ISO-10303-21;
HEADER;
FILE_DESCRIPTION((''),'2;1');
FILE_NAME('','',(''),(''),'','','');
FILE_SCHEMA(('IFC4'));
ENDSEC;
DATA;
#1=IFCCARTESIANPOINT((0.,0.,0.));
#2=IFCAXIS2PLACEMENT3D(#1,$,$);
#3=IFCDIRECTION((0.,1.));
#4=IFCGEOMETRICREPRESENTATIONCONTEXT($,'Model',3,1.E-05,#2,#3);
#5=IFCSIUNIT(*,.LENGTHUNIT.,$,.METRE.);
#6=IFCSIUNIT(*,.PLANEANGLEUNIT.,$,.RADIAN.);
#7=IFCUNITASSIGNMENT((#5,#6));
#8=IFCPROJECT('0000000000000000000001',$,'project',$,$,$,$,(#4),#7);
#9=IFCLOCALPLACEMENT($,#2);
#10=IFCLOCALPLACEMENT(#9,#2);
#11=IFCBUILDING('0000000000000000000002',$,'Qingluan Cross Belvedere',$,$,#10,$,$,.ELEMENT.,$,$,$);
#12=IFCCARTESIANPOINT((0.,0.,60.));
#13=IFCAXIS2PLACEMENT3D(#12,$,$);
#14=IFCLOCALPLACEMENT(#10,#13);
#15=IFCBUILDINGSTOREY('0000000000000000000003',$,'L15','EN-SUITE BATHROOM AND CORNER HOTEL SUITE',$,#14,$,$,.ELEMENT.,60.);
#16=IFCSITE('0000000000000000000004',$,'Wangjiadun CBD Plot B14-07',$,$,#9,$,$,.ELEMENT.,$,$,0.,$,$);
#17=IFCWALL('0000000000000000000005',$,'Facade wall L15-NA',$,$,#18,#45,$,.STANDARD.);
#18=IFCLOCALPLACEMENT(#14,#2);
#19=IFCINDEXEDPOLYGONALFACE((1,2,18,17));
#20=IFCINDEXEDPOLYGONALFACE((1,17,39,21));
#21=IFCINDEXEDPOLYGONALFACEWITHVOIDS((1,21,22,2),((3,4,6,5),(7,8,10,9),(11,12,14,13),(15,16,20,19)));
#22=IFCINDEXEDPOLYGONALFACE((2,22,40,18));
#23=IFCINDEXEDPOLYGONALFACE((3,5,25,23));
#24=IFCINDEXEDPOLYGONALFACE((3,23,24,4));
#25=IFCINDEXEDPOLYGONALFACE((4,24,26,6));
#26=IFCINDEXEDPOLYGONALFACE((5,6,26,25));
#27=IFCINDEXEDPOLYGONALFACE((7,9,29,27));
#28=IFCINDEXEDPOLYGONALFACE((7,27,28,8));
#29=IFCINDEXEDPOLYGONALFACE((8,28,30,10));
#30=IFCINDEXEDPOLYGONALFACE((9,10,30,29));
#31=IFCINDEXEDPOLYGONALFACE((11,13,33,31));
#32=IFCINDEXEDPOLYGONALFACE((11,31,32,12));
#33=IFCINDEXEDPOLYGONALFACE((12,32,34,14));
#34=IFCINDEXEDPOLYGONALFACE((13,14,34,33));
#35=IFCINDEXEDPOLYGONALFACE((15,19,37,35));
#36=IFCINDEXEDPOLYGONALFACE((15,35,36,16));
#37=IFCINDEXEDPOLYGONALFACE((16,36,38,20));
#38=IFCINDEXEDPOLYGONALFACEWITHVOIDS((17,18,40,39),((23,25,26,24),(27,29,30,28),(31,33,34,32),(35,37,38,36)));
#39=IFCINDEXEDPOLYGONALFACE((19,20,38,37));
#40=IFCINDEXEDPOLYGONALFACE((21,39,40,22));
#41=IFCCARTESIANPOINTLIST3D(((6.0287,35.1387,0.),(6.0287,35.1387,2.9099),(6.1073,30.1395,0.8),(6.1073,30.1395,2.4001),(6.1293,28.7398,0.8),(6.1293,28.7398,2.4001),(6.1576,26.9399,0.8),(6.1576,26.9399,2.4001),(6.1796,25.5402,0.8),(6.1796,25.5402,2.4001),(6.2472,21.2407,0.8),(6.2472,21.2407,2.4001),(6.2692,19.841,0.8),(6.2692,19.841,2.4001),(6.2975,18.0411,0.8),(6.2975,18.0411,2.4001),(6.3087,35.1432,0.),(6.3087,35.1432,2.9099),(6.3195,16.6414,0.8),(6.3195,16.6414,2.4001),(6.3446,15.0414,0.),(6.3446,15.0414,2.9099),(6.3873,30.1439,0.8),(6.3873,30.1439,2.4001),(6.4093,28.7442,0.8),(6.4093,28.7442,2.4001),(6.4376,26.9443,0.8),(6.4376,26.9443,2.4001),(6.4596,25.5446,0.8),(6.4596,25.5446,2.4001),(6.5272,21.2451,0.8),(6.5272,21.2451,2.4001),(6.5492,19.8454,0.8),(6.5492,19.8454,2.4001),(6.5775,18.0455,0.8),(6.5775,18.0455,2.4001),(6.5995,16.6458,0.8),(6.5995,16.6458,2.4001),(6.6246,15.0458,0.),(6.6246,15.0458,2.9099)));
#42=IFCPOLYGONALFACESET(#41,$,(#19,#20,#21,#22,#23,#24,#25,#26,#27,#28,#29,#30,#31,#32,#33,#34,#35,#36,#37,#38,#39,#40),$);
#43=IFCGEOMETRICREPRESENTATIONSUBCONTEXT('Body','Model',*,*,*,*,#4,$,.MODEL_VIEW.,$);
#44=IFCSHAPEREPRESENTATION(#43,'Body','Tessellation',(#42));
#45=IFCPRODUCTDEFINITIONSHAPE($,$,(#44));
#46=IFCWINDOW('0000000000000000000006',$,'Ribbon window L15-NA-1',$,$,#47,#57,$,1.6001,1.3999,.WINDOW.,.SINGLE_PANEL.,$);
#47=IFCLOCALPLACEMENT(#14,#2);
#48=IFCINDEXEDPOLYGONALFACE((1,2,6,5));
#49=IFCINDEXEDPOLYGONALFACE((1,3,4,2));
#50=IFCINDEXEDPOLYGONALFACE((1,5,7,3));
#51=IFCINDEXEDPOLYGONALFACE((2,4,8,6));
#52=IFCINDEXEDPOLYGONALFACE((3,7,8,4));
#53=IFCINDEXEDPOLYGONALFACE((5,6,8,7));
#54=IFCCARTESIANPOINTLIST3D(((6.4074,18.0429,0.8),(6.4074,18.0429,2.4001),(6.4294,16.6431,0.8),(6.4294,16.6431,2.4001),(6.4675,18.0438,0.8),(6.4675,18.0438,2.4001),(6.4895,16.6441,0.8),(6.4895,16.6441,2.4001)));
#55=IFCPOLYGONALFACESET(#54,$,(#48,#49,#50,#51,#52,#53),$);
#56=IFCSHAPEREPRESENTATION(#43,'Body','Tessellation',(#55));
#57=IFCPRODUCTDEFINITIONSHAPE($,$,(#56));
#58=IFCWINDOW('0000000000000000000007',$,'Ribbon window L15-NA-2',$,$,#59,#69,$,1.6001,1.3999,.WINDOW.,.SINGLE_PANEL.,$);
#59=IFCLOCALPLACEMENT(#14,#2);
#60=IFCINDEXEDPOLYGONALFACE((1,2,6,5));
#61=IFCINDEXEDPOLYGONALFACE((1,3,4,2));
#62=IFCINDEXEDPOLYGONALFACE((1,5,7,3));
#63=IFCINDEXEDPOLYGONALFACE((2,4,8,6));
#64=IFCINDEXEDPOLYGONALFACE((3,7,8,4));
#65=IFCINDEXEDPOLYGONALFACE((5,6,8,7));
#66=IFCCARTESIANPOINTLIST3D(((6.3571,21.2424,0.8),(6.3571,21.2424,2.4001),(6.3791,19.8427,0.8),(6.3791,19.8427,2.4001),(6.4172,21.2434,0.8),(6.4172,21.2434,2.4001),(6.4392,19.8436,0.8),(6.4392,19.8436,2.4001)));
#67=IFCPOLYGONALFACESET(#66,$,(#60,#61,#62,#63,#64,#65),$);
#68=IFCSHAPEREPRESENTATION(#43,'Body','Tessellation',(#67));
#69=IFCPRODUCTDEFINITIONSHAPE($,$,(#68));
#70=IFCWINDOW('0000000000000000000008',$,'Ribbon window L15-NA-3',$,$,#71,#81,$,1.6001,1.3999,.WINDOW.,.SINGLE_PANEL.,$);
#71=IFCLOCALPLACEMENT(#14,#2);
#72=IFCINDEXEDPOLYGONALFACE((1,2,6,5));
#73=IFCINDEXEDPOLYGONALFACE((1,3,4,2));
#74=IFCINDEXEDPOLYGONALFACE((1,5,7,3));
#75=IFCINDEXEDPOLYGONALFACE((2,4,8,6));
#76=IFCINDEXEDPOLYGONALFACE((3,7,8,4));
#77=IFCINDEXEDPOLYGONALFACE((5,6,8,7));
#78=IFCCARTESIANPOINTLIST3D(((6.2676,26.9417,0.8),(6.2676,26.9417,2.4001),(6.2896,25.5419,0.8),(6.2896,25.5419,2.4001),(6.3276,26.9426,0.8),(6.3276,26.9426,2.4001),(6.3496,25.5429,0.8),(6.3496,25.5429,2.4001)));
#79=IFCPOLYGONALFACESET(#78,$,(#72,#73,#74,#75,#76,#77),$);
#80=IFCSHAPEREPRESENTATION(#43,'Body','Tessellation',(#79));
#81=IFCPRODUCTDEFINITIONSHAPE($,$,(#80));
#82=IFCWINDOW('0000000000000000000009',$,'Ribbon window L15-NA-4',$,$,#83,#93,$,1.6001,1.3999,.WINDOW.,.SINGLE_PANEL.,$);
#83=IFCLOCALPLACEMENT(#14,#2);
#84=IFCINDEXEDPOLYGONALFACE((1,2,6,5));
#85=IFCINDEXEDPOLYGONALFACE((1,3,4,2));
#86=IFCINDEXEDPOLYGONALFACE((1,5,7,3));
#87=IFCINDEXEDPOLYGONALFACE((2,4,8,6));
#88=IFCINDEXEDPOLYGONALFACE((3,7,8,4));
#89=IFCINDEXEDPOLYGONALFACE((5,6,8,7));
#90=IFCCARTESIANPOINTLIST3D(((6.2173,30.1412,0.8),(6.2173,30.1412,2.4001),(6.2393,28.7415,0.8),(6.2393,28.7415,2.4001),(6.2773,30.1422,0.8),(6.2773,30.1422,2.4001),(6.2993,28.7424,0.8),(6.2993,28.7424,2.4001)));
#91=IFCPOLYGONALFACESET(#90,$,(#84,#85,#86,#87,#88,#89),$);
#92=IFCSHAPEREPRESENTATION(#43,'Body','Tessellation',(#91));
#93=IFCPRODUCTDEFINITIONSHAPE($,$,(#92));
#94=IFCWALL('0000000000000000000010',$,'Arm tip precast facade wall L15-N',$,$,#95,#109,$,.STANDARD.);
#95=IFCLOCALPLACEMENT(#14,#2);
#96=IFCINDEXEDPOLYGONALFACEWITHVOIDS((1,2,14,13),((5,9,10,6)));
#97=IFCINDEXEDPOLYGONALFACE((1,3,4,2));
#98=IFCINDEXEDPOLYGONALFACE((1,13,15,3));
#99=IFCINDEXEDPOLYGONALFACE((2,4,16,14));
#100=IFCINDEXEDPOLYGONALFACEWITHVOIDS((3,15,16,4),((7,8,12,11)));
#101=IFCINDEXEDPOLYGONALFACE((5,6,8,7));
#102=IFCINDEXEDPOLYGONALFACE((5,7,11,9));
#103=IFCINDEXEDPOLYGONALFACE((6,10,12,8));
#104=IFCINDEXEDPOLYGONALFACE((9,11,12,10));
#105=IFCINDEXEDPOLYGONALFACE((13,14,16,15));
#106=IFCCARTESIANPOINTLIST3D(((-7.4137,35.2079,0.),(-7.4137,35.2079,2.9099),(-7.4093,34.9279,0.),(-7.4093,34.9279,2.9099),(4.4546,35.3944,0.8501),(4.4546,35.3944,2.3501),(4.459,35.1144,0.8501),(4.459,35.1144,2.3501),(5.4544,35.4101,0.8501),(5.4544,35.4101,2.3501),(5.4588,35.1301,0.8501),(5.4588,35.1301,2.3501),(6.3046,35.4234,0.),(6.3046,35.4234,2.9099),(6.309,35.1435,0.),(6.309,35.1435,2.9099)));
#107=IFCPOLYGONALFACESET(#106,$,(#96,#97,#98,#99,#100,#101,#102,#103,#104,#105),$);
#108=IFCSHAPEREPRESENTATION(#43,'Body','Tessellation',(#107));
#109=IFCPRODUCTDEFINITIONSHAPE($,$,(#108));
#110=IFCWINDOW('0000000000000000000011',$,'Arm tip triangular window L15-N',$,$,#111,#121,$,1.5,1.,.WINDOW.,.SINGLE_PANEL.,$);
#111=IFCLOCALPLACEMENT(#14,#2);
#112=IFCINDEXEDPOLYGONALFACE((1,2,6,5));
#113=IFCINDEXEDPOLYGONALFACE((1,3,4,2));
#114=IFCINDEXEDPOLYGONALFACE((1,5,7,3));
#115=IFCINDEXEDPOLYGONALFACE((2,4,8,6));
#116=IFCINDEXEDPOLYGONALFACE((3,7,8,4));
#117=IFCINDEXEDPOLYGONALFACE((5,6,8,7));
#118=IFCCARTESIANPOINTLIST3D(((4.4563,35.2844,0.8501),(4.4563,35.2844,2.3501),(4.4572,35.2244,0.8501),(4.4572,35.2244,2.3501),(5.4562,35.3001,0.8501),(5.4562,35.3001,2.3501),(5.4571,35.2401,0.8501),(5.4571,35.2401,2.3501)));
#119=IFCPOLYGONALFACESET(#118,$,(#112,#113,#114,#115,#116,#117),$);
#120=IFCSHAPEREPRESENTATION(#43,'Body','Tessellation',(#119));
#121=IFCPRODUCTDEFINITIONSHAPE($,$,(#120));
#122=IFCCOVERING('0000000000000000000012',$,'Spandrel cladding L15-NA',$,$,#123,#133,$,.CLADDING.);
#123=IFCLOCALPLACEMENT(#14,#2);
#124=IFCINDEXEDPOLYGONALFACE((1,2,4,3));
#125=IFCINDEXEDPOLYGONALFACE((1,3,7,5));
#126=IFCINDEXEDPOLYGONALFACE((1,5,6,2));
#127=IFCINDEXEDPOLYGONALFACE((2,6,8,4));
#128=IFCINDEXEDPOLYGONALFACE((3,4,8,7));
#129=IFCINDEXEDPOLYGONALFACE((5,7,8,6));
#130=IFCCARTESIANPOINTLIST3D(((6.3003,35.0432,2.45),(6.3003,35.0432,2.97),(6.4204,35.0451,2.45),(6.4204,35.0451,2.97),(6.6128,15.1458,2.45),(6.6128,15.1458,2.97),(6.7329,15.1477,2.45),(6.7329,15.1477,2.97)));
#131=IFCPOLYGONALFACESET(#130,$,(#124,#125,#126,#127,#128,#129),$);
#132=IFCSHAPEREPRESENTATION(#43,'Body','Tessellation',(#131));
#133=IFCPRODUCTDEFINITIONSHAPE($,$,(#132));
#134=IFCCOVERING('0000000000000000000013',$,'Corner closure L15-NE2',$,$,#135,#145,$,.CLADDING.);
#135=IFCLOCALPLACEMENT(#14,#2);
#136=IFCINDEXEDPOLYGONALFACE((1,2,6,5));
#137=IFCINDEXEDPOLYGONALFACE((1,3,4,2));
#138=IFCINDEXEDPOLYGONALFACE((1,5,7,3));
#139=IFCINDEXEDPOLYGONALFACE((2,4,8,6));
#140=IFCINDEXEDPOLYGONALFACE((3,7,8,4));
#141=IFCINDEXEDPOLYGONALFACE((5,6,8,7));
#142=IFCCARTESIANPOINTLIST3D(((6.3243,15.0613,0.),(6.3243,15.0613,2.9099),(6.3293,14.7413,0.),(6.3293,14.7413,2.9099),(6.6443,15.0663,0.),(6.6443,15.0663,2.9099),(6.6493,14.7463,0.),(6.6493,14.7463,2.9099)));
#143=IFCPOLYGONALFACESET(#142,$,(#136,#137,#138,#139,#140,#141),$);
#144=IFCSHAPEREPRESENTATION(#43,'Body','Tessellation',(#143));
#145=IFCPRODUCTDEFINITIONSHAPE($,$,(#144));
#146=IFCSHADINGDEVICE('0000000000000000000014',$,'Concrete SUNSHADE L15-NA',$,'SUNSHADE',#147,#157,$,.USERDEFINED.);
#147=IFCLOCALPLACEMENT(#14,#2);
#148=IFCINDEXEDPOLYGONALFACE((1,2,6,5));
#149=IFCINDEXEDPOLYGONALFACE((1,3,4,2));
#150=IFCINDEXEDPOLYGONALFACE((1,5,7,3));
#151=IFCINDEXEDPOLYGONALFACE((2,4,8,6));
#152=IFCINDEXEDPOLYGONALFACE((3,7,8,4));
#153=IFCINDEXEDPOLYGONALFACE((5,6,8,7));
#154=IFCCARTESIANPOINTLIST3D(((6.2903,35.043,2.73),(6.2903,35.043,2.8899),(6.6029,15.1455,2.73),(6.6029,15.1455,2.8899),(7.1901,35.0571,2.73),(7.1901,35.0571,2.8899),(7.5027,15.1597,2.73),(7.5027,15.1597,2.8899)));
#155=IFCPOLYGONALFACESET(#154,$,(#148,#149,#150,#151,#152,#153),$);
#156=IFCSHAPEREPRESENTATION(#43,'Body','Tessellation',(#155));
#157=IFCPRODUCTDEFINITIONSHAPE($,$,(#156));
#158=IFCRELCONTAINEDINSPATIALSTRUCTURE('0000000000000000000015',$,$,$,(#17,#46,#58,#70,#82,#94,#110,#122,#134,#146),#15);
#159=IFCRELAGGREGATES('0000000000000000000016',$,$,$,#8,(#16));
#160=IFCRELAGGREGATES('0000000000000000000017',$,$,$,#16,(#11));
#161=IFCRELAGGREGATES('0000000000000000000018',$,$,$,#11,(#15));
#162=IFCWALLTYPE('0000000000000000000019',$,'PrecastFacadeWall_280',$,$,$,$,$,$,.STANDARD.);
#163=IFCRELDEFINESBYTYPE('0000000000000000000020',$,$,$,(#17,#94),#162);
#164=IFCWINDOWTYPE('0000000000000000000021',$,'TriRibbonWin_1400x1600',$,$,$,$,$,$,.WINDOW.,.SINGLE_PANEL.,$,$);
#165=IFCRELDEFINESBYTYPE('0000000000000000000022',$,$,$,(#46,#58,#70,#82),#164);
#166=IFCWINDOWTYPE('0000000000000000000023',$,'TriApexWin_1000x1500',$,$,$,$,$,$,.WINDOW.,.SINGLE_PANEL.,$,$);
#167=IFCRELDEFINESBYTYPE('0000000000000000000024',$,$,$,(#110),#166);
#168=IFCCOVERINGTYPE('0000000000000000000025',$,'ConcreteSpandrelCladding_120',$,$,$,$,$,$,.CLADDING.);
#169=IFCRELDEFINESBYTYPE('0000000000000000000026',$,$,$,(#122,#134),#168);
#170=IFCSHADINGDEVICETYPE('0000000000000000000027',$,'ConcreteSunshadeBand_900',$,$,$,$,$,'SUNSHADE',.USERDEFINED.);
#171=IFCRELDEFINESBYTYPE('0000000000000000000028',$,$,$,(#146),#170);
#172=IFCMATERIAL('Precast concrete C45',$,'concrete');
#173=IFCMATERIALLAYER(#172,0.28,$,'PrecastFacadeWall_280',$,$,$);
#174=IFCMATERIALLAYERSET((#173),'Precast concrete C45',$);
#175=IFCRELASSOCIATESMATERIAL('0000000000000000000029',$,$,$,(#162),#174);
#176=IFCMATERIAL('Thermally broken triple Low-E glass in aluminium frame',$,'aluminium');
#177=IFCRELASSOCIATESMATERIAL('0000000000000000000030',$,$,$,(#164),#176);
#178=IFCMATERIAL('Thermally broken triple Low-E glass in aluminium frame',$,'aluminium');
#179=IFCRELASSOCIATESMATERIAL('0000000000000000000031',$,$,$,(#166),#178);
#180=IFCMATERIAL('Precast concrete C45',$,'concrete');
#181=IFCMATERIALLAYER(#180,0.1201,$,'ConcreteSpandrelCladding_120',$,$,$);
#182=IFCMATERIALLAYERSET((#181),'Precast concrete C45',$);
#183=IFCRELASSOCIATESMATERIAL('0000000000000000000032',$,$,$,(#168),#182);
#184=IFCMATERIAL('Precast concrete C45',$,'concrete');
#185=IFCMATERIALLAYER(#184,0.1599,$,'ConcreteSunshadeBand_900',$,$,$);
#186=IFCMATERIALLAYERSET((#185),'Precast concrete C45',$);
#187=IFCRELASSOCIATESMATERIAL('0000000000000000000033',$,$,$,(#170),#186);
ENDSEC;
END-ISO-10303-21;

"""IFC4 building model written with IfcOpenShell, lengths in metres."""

from ifc_helpers import new_model, si_unit, direction, frame, frame_2d, origin, origin_2d, place, context, subcontext, project, spatial, rectangle, extrude, material, layer, layer_set, type_object, element, fill, save


model = new_model("IFC4")

# Units and contexts
model_context = context("Model", 3, precision=1e-05, world=origin(), true_north=direction((0.0, 1.0)))
body_context = subcontext(model_context, "Body", "Model", "MODEL_VIEW")
ifc_project = project(units=[si_unit("LENGTHUNIT", "METRE"), si_unit("PLANEANGLEUNIT", "RADIAN")], contexts=[model_context])

# Site, building, storey
site_placement = place(None, origin())
site = spatial("IfcSite", under=ifc_project, at=site_placement, Name="Wangjiadun CBD Plot B14-07", CompositionType="ELEMENT", RefElevation=0.0)
building_placement = place(site_placement, origin())
building = spatial("IfcBuilding", under=site, at=building_placement, Name="Qingluan Cross Belvedere", CompositionType="ELEMENT")
storey_placement = place(building_placement, frame((0.0, 0.0, 60.0)))
storey = spatial("IfcBuildingStorey", under=building, at=storey_placement, Name="L15", Description="EN-SUITE BATHROOM AND CORNER HOTEL SUITE", CompositionType="ELEMENT", Elevation=60.0)

# Wall, openings, windows
ifc_material_1 = material(Name="Precast concrete C45", Category="concrete")
ifc_layer_1 = layer(ifc_material_1, 0.28, Name="PrecastFacadeWall_280")
ifc_layer_set_1 = layer_set([ifc_layer_1], Name="Precast concrete C45")
wall_type_1 = type_object("IfcWallType", Name="PrecastFacadeWall_280", PredefinedType="STANDARD", material=ifc_layer_set_1)
wall_1_placement = place(storey_placement, frame((6.4846, 15.0437, 0.0), z_axis=(0.0, 0.0, 1.0), x_axis=(-0.015717, 0.999876, 0.0)))
wall_1 = element("IfcWall", 1, at=wall_1_placement, inside=storey, type_object=wall_type_1, Name="Facade wall L15-NA", PredefinedType="STANDARD", context=body_context, shape_type="SweptSolid", body=[
    extrude(rectangle(XDim=20.0999, YDim=0.28, at=frame_2d((10.0498, 0.0))), origin(), (0.0, 0.0, 1.0), 2.9099),
])
opening_1_placement = place(wall_1_placement, frame((1.6001, 0.0, 0.8)))
opening_1 = element("IfcOpeningElement", 2, at=opening_1_placement, cuts=wall_1, PredefinedType="OPENING", context=body_context, shape_type="SweptSolid", body=[
    extrude(rectangle(XDim=1.3999, YDim=1.6001, at=frame_2d((0.7, 0.8))), frame((0.0, 0.1499, 0.0), z_axis=(0.0, -1.0, 0.0), x_axis=(1.0, 0.0, 0.0)), (0.0, 0.0, 1.0), 0.3),
])
opening_2_placement = place(wall_1_placement, frame((4.8, 0.0, 0.8)))
opening_2 = element("IfcOpeningElement", 3, at=opening_2_placement, cuts=wall_1, PredefinedType="OPENING", context=body_context, shape_type="SweptSolid", body=[
    extrude(rectangle(XDim=1.3999, YDim=1.6001, at=frame_2d((0.7, 0.8))), frame((0.0, 0.1499, 0.0), z_axis=(0.0, -1.0, 0.0), x_axis=(1.0, 0.0, 0.0)), (0.0, 0.0, 1.0), 0.3),
])
opening_3_placement = place(wall_1_placement, frame((10.5, 0.0, 0.8)))
opening_3 = element("IfcOpeningElement", 4, at=opening_3_placement, cuts=wall_1, PredefinedType="OPENING", context=body_context, shape_type="SweptSolid", body=[
    extrude(rectangle(XDim=1.3999, YDim=1.6001, at=frame_2d((0.7, 0.8))), frame((0.0, 0.1499, 0.0), z_axis=(0.0, -1.0, 0.0), x_axis=(1.0, 0.0, 0.0)), (0.0, 0.0, 1.0), 0.3),
])
opening_4_placement = place(wall_1_placement, frame((13.7, 0.0, 0.8)))
opening_4 = element("IfcOpeningElement", 5, at=opening_4_placement, cuts=wall_1, PredefinedType="OPENING", context=body_context, shape_type="SweptSolid", body=[
    extrude(rectangle(XDim=1.3999, YDim=1.6001, at=frame_2d((0.7, 0.8))), frame((0.0, 0.1499, 0.0), z_axis=(0.0, -1.0, 0.0), x_axis=(1.0, 0.0, 0.0)), (0.0, 0.0, 1.0), 0.3),
])
ifc_material_2 = material(Name="Thermally broken triple Low-E glass in aluminium frame", Category="aluminium")
window_type_1 = type_object("IfcWindowType", Name="TriRibbonWin_1400x1600", PartitioningType="SINGLE_PANEL", PredefinedType="WINDOW", material=ifc_material_2)
window_1_placement = place(opening_1_placement, origin())
window_1 = element("IfcWindow", 6, at=window_1_placement, inside=storey, type_object=window_type_1, Name="Ribbon window L15-NA-1", OverallHeight=1.6001, OverallWidth=1.3999, PartitioningType="SINGLE_PANEL", PredefinedType="WINDOW", context=body_context, shape_type="SweptSolid", body=[
    extrude(rectangle(XDim=1.3999, YDim=1.6001, at=frame_2d((0.7, 0.8))), frame((0.0, 0.03, 0.0), z_axis=(0.0, -1.0, 0.0), x_axis=(1.0, 0.0, 0.0)), (0.0, 0.0, 1.0), 0.0601),
])
fill(opening_1, window_1)
window_2_placement = place(opening_2_placement, origin())
window_2 = element("IfcWindow", 7, at=window_2_placement, inside=storey, type_object=window_type_1, Name="Ribbon window L15-NA-2", OverallHeight=1.6001, OverallWidth=1.3999, PartitioningType="SINGLE_PANEL", PredefinedType="WINDOW", context=body_context, shape_type="SweptSolid", body=[
    extrude(rectangle(XDim=1.3999, YDim=1.6001, at=frame_2d((0.7, 0.8))), frame((0.0, 0.03, 0.0), z_axis=(0.0, -1.0, 0.0), x_axis=(1.0, 0.0, 0.0)), (0.0, 0.0, 1.0), 0.0601),
])
fill(opening_2, window_2)
window_3_placement = place(opening_3_placement, origin())
window_3 = element("IfcWindow", 8, at=window_3_placement, inside=storey, type_object=window_type_1, Name="Ribbon window L15-NA-3", OverallHeight=1.6001, OverallWidth=1.3999, PartitioningType="SINGLE_PANEL", PredefinedType="WINDOW", context=body_context, shape_type="SweptSolid", body=[
    extrude(rectangle(XDim=1.3999, YDim=1.6001, at=frame_2d((0.7, 0.8))), frame((0.0, 0.03, 0.0), z_axis=(0.0, -1.0, 0.0), x_axis=(1.0, 0.0, 0.0)), (0.0, 0.0, 1.0), 0.0601),
])
fill(opening_3, window_3)
window_4_placement = place(opening_4_placement, origin())
window_4 = element("IfcWindow", 9, at=window_4_placement, inside=storey, type_object=window_type_1, Name="Ribbon window L15-NA-4", OverallHeight=1.6001, OverallWidth=1.3999, PartitioningType="SINGLE_PANEL", PredefinedType="WINDOW", context=body_context, shape_type="SweptSolid", body=[
    extrude(rectangle(XDim=1.3999, YDim=1.6001, at=frame_2d((0.7, 0.8))), frame((0.0, 0.03, 0.0), z_axis=(0.0, -1.0, 0.0), x_axis=(1.0, 0.0, 0.0)), (0.0, 0.0, 1.0), 0.0601),
])
fill(opening_4, window_4)

# Wall, opening, window
wall_2_placement = place(storey_placement, frame((6.3066, 35.2834, 0.0), z_axis=(0.0, 0.0, 1.0), x_axis=(-0.999877, -0.015713, 0.0)))
wall_2 = element("IfcWall", 10, at=wall_2_placement, inside=storey, type_object=wall_type_1, Name="Arm tip precast facade wall L15-N", PredefinedType="STANDARD", context=body_context, shape_type="SweptSolid", body=[
    extrude(rectangle(XDim=13.72, YDim=0.28, at=frame_2d((6.8599, 0.0))), origin(), (0.0, 0.0, 1.0), 2.9099),
])
opening_5_placement = place(wall_2_placement, frame((0.8501, 0.0, 0.8501)))
opening_5 = element("IfcOpeningElement", 11, at=opening_5_placement, cuts=wall_2, PredefinedType="OPENING", context=body_context, shape_type="SweptSolid", body=[
    extrude(rectangle(XDim=1.0, YDim=1.5, at=frame_2d((0.5, 0.75))), frame((0.0, 0.1499, 0.0), z_axis=(0.0, -1.0, 0.0), x_axis=(1.0, 0.0, 0.0)), (0.0, 0.0, 1.0), 0.3),
])
ifc_material_3 = material(Name="Thermally broken triple Low-E glass in aluminium frame", Category="aluminium")
window_type_2 = type_object("IfcWindowType", Name="TriApexWin_1000x1500", PartitioningType="SINGLE_PANEL", PredefinedType="WINDOW", material=ifc_material_3)
window_5_placement = place(opening_5_placement, origin())
window_5 = element("IfcWindow", 12, at=window_5_placement, inside=storey, type_object=window_type_2, Name="Arm tip triangular window L15-N", OverallHeight=1.5, OverallWidth=1.0, PartitioningType="SINGLE_PANEL", PredefinedType="WINDOW", context=body_context, shape_type="SweptSolid", body=[
    extrude(rectangle(XDim=1.0, YDim=1.5, at=frame_2d((0.5, 0.75))), frame((0.0, 0.03, 0.0), z_axis=(0.0, -1.0, 0.0), x_axis=(1.0, 0.0, 0.0)), (0.0, 0.0, 1.0), 0.0601),
])
fill(opening_5, window_5)

# Coverings
ifc_material_4 = material(Name="Precast concrete C45", Category="concrete")
ifc_layer_2 = layer(ifc_material_4, 0.1201, Name="ConcreteSpandrelCladding_120")
ifc_layer_set_2 = layer_set([ifc_layer_2], Name="Precast concrete C45")
covering_type = type_object("IfcCoveringType", Name="ConcreteSpandrelCladding_120", PredefinedType="CLADDING", material=ifc_layer_set_2)
covering_1_placement = place(storey_placement, frame((6.5166, 25.0955, 2.45), z_axis=(0.0, 0.0, 1.0), x_axis=(-0.015706, 0.999877, 0.0)))
element("IfcCovering", 13, at=covering_1_placement, inside=storey, type_object=covering_type, Name="Spandrel cladding L15-NA", PredefinedType="CLADDING", context=body_context, shape_type="SweptSolid", body=[
    extrude(rectangle(XDim=19.8999, YDim=0.1201, at=origin_2d()), origin(), (0.0, 0.0, 1.0), 0.52),
])
covering_2_placement = place(storey_placement, frame((6.4868, 14.9038, 0.0), z_axis=(0.0, 0.0, 1.0), x_axis=(0.999877, 0.015707, 0.0)))
element("IfcCovering", 14, at=covering_2_placement, inside=storey, type_object=covering_type, Name="Corner closure L15-NE2", PredefinedType="CLADDING", context=body_context, shape_type="SweptSolid", body=[
    extrude(rectangle(XDim=0.3201, YDim=0.3201, at=origin_2d()), origin(), (0.0, 0.0, 1.0), 2.9099),
])

# Shading device
ifc_material_5 = material(Name="Precast concrete C45", Category="concrete")
ifc_layer_3 = layer(ifc_material_5, 0.1599, Name="ConcreteSunshadeBand_900")
ifc_layer_set_3 = layer_set([ifc_layer_3], Name="Precast concrete C45")
shading_device_type = type_object("IfcShadingDeviceType", Name="ConcreteSunshadeBand_900", ElementType="SUNSHADE", PredefinedType="USERDEFINED", material=ifc_layer_set_3)
shading_device_placement = place(storey_placement, frame((6.8965, 25.1013, 2.73), z_axis=(0.0, 0.0, 1.0), x_axis=(-0.015706, 0.999877, 0.0)))
element("IfcShadingDevice", 15, at=shading_device_placement, inside=storey, type_object=shading_device_type, Name="Concrete SUNSHADE L15-NA", ObjectType="SUNSHADE", PredefinedType="USERDEFINED", context=body_context, shape_type="SweptSolid", body=[
    extrude(rectangle(XDim=19.8999, YDim=0.8999, at=origin_2d()), origin(), (0.0, 0.0, 1.0), 0.1599),
])

save(model, "model.ifc")
